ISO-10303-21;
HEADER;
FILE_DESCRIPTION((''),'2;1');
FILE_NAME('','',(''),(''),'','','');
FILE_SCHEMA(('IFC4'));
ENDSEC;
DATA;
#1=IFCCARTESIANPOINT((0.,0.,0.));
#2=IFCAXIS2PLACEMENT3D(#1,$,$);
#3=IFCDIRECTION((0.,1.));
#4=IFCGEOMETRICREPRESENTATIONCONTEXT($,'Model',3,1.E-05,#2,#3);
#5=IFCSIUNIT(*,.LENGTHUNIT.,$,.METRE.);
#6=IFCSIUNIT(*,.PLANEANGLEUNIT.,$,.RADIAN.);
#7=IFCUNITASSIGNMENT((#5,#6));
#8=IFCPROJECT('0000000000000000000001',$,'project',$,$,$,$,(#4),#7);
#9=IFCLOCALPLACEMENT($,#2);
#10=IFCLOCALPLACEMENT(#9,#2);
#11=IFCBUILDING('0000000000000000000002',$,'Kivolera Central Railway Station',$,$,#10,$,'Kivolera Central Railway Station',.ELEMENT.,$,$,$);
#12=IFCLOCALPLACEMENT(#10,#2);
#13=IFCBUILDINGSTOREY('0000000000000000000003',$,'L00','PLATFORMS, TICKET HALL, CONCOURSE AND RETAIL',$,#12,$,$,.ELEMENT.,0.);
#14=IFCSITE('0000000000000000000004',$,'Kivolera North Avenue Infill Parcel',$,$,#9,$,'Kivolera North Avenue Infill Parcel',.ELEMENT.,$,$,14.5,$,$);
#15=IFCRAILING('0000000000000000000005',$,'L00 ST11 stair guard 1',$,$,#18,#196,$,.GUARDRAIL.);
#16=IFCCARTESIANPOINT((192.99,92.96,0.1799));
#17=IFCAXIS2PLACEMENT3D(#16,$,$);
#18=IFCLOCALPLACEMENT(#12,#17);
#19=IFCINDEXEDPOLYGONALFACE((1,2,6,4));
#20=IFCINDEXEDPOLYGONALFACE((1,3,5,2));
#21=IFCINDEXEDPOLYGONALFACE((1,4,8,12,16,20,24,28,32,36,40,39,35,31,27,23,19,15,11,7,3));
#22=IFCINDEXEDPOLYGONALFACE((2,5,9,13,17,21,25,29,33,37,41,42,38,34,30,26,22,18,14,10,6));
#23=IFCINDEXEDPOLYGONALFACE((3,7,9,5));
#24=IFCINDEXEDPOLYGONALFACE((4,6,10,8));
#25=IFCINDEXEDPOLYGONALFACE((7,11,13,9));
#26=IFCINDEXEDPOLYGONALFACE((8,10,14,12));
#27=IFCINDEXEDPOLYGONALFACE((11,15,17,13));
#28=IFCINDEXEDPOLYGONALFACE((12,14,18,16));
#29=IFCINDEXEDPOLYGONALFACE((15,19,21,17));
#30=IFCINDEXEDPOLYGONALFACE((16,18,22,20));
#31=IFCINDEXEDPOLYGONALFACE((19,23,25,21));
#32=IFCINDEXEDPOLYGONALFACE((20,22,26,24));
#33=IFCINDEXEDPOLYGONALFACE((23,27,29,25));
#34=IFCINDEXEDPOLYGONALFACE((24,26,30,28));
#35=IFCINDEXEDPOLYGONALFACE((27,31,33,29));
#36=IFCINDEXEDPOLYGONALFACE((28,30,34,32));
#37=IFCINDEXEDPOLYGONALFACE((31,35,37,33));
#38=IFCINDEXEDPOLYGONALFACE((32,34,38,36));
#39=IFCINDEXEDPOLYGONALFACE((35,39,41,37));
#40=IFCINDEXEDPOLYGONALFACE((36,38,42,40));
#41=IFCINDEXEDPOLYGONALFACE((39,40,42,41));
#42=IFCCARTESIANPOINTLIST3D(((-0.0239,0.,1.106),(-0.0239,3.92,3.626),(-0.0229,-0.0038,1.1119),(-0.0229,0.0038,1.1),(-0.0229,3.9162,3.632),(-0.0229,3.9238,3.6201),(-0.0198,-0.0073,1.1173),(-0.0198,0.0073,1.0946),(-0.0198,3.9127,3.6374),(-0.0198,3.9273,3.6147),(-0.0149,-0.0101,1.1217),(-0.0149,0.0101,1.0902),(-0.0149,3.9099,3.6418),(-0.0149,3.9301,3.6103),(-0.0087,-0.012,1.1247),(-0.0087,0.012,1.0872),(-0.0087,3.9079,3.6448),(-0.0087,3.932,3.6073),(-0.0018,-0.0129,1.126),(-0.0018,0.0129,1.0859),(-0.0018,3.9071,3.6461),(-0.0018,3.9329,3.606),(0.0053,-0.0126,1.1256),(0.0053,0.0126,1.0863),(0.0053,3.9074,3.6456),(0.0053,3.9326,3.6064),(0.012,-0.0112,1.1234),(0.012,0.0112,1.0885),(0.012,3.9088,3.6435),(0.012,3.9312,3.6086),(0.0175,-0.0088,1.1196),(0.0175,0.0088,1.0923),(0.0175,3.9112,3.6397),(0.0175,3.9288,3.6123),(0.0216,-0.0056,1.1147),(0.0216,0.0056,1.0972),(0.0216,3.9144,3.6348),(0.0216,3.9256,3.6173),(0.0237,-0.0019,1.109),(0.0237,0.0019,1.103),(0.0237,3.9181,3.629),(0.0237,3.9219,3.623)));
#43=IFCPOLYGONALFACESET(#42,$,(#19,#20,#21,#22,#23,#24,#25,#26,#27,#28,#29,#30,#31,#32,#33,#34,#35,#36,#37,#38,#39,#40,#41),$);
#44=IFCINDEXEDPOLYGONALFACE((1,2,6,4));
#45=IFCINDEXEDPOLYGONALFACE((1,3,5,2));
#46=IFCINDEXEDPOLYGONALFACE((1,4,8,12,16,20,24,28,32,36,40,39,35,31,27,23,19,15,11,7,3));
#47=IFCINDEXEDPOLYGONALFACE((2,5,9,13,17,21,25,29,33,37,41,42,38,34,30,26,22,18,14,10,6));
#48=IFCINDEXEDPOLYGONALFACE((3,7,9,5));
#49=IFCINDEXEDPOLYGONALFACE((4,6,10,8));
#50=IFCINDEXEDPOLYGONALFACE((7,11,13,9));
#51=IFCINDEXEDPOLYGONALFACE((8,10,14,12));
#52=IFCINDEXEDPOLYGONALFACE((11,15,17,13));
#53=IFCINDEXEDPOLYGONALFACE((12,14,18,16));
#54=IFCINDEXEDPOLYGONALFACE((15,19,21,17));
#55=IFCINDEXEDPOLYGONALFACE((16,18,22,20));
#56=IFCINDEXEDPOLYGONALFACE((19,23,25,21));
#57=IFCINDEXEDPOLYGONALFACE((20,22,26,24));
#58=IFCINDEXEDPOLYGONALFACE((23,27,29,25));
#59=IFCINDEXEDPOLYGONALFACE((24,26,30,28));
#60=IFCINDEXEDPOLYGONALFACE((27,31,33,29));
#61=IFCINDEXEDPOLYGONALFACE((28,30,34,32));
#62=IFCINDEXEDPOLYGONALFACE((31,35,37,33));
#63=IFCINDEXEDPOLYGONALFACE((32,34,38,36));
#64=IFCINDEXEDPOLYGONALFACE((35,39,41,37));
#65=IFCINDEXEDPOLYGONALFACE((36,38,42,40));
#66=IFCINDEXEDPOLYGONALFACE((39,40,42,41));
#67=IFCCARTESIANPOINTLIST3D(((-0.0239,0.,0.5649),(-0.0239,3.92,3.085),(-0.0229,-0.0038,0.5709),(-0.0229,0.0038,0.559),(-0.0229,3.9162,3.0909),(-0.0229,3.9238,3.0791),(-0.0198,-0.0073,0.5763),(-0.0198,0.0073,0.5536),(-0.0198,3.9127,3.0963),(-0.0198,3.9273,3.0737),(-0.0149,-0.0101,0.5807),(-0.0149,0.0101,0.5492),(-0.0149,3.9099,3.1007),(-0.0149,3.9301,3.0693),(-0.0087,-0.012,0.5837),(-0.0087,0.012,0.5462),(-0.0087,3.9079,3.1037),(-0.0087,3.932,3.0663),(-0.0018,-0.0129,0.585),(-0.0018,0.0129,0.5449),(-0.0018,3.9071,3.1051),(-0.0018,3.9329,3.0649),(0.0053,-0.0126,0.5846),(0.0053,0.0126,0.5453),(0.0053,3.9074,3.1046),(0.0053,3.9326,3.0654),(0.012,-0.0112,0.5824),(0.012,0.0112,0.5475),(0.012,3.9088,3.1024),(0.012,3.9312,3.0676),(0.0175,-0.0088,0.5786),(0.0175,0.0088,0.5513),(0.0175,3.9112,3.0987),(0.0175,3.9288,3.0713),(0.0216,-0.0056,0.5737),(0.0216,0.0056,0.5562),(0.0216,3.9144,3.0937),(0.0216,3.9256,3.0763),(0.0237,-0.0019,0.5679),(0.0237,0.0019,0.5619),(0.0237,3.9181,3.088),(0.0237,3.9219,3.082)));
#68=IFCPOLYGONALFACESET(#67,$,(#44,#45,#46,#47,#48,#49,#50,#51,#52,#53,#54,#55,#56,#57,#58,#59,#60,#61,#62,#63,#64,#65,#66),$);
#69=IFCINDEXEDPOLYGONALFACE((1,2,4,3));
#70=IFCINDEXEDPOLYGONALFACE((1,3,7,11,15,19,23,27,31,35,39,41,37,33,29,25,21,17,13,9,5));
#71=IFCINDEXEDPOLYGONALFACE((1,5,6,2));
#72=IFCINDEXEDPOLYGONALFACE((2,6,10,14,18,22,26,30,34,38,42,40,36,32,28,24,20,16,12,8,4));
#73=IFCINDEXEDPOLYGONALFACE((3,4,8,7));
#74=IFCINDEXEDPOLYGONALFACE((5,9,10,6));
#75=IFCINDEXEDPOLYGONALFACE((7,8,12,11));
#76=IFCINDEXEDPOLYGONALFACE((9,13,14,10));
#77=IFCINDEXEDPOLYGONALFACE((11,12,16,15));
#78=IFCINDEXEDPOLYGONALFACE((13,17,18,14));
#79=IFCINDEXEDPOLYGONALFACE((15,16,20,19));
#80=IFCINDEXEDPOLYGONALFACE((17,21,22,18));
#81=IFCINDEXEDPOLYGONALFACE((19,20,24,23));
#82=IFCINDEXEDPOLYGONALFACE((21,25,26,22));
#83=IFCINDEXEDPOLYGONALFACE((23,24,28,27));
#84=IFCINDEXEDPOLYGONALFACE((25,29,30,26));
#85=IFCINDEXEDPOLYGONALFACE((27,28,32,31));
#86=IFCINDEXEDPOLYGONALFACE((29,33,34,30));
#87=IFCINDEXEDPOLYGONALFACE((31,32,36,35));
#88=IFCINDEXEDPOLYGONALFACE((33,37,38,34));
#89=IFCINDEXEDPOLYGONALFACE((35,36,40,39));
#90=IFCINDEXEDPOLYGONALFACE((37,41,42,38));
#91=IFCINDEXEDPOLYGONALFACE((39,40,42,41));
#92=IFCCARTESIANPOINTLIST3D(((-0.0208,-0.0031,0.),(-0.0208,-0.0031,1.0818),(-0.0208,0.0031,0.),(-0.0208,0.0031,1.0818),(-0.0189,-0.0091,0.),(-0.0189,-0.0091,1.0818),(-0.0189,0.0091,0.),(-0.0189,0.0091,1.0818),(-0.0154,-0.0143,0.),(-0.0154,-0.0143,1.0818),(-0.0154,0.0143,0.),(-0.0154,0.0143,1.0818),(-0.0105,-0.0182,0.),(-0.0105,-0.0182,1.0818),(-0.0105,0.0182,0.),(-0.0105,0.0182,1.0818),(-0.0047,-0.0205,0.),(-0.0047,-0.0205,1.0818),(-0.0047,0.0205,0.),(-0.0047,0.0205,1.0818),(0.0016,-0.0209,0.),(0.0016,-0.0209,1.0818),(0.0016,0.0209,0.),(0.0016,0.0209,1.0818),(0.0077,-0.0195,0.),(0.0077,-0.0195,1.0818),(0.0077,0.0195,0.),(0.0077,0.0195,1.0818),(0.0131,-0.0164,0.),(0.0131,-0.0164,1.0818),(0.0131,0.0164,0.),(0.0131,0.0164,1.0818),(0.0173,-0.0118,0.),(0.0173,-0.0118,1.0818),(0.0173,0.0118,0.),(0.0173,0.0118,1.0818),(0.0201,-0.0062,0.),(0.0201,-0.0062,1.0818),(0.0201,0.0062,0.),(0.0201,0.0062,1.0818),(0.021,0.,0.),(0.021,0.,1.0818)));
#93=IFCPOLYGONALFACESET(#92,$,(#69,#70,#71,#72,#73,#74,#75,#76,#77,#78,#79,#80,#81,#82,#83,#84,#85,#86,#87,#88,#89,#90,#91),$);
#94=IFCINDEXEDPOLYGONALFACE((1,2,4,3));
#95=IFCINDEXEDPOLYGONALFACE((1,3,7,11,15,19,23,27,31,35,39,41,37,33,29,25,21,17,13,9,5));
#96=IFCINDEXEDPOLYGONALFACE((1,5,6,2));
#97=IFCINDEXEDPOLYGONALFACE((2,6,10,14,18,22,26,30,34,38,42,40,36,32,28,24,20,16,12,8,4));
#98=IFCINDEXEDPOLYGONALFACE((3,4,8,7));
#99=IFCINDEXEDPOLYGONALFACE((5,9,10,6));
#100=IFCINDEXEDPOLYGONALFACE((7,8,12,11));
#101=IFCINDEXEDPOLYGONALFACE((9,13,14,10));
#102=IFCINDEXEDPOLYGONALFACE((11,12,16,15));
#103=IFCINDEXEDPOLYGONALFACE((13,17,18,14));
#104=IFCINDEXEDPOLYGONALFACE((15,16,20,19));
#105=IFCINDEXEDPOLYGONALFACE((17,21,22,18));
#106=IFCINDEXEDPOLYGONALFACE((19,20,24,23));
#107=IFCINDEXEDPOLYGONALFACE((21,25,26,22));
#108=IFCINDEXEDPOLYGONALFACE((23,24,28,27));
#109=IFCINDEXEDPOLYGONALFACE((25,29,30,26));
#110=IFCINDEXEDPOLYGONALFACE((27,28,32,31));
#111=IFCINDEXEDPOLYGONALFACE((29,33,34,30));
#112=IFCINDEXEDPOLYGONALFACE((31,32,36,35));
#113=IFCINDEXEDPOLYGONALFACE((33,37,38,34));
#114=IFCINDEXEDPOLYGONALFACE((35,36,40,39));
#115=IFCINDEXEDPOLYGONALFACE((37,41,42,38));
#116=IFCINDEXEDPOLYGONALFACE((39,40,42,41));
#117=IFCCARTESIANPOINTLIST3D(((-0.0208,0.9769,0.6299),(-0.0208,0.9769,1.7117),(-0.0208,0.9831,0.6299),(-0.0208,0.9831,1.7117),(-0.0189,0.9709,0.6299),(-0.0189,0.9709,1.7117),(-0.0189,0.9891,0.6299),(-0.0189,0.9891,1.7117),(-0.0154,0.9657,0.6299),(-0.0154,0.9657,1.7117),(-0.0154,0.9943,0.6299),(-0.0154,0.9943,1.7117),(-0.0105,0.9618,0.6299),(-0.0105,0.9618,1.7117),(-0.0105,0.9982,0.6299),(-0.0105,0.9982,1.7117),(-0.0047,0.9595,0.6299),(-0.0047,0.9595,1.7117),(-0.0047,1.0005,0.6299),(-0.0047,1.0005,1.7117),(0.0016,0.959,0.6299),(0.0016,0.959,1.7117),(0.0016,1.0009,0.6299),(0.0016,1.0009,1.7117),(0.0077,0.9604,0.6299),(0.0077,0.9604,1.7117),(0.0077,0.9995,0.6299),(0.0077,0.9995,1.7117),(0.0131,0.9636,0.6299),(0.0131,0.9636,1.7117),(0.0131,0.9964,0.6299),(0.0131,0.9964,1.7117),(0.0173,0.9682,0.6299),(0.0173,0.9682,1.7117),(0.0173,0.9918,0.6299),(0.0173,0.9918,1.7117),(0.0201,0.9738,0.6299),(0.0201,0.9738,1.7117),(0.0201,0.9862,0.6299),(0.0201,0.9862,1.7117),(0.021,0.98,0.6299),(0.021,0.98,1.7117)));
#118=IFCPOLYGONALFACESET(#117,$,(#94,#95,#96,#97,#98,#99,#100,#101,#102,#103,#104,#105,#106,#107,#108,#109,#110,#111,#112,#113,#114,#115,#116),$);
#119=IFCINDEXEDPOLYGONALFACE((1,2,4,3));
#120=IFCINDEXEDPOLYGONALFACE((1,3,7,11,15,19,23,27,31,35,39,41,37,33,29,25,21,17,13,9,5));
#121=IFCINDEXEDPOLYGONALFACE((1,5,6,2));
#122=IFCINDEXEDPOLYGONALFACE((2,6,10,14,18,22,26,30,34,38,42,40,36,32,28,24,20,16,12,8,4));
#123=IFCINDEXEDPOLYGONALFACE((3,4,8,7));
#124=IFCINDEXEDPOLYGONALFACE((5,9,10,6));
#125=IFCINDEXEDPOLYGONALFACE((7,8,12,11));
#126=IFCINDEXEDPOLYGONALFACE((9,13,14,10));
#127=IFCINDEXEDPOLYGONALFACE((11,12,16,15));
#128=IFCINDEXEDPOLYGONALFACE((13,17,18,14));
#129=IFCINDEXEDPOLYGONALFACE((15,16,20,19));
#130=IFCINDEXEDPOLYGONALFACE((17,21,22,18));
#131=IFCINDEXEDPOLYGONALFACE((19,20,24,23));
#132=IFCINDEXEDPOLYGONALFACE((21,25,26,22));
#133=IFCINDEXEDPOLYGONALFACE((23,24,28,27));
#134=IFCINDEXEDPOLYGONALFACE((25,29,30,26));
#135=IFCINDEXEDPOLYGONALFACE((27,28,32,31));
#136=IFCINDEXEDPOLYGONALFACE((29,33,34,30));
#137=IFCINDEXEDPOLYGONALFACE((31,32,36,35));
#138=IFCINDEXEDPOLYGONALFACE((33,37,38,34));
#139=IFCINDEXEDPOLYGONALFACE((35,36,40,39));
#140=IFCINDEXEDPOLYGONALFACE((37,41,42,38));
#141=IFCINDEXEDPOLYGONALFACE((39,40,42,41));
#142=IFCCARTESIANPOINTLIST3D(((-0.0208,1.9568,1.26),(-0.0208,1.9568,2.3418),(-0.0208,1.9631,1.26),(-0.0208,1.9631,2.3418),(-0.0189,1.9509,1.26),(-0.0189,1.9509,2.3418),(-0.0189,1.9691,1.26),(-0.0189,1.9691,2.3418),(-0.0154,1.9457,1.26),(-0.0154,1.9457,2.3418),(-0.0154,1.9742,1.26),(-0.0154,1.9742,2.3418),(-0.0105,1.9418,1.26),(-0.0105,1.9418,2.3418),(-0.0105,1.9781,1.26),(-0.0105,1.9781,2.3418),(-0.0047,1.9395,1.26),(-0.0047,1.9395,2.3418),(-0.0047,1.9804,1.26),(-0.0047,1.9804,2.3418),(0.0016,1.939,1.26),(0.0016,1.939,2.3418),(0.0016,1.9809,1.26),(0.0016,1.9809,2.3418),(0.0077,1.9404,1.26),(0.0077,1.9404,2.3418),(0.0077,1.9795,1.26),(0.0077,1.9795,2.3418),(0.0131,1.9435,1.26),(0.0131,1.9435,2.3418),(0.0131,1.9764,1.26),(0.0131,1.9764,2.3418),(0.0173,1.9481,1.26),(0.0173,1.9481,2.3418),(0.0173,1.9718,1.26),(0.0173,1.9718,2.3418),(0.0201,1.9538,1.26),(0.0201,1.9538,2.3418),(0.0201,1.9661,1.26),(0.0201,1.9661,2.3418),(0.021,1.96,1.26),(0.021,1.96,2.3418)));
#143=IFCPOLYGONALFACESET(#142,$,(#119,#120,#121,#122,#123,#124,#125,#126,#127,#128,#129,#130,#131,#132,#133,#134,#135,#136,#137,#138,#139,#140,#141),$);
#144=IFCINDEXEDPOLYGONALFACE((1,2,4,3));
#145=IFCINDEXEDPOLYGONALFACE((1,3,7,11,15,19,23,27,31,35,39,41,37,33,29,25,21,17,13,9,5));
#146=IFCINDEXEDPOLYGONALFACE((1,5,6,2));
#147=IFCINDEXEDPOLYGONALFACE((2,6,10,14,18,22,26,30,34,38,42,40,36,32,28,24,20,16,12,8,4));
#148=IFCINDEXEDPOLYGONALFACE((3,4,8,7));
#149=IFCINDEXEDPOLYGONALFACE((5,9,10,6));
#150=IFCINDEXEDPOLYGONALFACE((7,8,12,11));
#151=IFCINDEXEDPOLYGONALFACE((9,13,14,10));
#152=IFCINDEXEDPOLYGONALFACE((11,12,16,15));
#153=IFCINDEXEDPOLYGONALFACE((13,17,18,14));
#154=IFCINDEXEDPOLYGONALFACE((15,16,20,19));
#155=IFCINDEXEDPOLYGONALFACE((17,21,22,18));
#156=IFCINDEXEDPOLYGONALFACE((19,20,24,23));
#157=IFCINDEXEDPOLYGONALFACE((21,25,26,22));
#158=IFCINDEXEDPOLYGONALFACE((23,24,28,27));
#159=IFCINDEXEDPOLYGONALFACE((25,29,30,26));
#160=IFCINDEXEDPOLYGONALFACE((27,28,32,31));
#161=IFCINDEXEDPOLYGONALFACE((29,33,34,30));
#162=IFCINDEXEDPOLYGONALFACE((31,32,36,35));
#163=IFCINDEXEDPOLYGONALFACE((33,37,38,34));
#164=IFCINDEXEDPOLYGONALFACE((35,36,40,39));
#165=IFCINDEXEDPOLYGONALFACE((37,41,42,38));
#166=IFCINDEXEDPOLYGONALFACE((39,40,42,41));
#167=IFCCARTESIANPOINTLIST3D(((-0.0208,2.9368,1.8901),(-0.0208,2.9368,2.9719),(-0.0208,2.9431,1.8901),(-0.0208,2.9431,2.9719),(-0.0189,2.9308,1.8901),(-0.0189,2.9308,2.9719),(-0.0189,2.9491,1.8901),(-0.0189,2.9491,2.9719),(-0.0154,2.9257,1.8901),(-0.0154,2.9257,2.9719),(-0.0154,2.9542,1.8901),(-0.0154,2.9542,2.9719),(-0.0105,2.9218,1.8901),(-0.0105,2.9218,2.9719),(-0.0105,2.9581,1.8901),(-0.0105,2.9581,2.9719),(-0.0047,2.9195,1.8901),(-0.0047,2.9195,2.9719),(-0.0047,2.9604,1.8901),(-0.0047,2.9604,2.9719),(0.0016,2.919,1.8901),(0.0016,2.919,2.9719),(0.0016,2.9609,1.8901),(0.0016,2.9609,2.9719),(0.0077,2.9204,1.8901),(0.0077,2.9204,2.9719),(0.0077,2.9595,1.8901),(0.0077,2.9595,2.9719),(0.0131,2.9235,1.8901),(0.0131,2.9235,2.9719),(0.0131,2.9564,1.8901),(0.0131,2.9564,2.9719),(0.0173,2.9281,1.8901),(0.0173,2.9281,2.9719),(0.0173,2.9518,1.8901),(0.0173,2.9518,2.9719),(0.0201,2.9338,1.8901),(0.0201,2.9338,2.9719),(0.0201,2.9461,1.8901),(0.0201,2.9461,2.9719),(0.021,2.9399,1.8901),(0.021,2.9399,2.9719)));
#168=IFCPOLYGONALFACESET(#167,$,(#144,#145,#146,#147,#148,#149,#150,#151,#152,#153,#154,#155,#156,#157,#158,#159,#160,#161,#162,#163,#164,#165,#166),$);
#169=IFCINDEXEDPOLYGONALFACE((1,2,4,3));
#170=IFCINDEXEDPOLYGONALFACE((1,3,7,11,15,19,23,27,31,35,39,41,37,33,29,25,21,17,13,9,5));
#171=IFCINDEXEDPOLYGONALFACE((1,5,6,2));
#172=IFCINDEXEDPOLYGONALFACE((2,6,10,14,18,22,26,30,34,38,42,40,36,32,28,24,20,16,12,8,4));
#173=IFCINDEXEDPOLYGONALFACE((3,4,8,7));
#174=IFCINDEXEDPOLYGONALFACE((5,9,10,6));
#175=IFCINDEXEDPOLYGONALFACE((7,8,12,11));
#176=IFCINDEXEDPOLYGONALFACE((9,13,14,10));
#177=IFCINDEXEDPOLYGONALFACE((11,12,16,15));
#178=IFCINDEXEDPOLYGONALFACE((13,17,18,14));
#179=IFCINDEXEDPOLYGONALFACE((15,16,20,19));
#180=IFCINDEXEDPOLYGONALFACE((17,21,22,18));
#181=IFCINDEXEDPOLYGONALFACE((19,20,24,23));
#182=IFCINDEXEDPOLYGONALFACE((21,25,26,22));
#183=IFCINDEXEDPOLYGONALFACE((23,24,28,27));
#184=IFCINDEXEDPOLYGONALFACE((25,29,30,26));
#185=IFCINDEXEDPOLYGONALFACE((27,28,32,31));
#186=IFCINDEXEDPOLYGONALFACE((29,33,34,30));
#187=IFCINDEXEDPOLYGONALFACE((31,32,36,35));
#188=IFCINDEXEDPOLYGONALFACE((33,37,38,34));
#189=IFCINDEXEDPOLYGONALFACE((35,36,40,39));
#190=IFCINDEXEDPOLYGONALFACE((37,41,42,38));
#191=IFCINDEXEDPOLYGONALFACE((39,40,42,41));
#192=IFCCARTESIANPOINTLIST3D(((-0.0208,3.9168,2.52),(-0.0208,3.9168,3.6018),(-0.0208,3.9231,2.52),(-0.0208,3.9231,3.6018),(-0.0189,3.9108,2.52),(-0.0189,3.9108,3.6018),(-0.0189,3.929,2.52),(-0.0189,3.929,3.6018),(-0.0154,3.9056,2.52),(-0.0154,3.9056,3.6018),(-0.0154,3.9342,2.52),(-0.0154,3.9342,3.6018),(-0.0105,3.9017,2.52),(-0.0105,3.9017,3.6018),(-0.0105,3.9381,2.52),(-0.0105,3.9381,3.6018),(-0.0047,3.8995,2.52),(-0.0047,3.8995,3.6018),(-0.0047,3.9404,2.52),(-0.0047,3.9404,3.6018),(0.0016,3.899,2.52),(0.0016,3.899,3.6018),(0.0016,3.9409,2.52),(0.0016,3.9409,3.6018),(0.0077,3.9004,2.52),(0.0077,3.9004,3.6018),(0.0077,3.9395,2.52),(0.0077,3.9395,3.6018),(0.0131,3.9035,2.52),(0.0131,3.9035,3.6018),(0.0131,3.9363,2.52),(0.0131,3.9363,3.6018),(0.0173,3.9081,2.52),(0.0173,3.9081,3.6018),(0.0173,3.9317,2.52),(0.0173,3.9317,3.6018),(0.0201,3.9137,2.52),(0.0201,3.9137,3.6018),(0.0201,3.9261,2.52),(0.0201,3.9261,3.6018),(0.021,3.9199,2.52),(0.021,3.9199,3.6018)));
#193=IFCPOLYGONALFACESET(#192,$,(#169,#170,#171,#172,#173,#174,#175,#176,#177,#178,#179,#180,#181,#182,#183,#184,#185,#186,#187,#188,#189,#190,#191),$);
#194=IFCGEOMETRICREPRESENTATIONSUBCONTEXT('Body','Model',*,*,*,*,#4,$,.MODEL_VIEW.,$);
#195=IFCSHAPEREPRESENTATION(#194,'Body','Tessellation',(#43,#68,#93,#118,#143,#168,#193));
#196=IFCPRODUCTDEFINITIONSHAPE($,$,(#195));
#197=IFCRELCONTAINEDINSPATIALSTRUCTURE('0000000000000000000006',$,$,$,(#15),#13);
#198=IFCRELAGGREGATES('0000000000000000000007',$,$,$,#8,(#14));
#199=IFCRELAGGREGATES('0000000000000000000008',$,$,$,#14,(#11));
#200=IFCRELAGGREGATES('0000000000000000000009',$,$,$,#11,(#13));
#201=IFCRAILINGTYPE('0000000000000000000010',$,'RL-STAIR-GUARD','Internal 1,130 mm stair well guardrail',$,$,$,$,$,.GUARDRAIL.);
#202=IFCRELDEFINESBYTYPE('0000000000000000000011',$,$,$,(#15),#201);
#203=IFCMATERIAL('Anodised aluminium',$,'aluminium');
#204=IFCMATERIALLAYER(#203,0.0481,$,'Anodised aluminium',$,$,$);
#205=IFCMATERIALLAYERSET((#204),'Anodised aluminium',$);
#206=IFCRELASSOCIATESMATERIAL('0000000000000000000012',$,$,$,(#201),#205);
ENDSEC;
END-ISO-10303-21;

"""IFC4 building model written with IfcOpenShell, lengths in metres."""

from ifc_helpers import new_model, si_unit, direction, frame, origin, origin_2d, place, context, subcontext, project, spatial, circle, extrude, material, layer, layer_set, type_object, element, save


model = new_model("IFC4")

# Units and contexts
model_context = context("Model", 3, precision=1e-05, world=origin(), true_north=direction((0.0, 1.0)))
body_context = subcontext(model_context, "Body", "Model", "MODEL_VIEW")
ifc_project = project(units=[si_unit("LENGTHUNIT", "METRE"), si_unit("PLANEANGLEUNIT", "RADIAN")], contexts=[model_context])

# Site, building, storey
site_placement = place(None, origin())
site = spatial("IfcSite", under=ifc_project, at=site_placement, Name="Kivolera North Avenue Infill Parcel", LongName="Kivolera North Avenue Infill Parcel", CompositionType="ELEMENT", RefElevation=14.5)
building_placement = place(site_placement, origin())
building = spatial("IfcBuilding", under=site, at=building_placement, Name="Kivolera Central Railway Station", LongName="Kivolera Central Railway Station", CompositionType="ELEMENT")
storey_placement = place(building_placement, origin())
storey = spatial("IfcBuildingStorey", under=building, at=storey_placement, Name="L00", Description="PLATFORMS, TICKET HALL, CONCOURSE AND RETAIL", CompositionType="ELEMENT", Elevation=0.0)

# Shared definitions
ifc_material_1 = material(Name="Anodised aluminium", Category="aluminium")

# Railing
ifc_layer_1 = layer(ifc_material_1, 0.0481, Name="Anodised aluminium")
ifc_layer_set_1 = layer_set([ifc_layer_1], Name="Anodised aluminium")
railing_type_1 = type_object("IfcRailingType", Name="RL-STAIR-GUARD", Description="Internal 1,130 mm stair well guardrail", PredefinedType="GUARDRAIL", material=ifc_layer_set_1)
railing_1_placement = place(storey_placement, frame((192.99, 92.96, 0.1799)))
element("IfcRailing", 1, at=railing_1_placement, inside=storey, type_object=railing_type_1, Name="L00 ST11 stair guard 1", PredefinedType="GUARDRAIL", context=body_context, shape_type="SweptSolid", body=[
    extrude(circle(Radius=0.0239, at=origin_2d()), frame((0.0, 0.0, 1.106), z_axis=(0.0, 0.841172, 0.540768), x_axis=(-1.0, 0.0, 0.0)), (0.0, 0.0, 1.0), 4.6602),
    extrude(circle(Radius=0.0239, at=origin_2d()), frame((0.0, 0.0, 0.5649), z_axis=(0.0, 0.841172, 0.540768), x_axis=(-1.0, 0.0, 0.0)), (0.0, 0.0, 1.0), 4.6602),
    extrude(circle(Radius=0.021, at=origin_2d()), origin(), (0.0, 0.0, 1.0), 1.0818),
    extrude(circle(Radius=0.021, at=origin_2d()), frame((0.0, 0.98, 0.6299)), (0.0, 0.0, 1.0), 1.0818),
    extrude(circle(Radius=0.021, at=origin_2d()), frame((0.0, 1.96, 1.26)), (0.0, 0.0, 1.0), 1.0818),
    extrude(circle(Radius=0.021, at=origin_2d()), frame((0.0, 2.9399, 1.8901)), (0.0, 0.0, 1.0), 1.0818),
    extrude(circle(Radius=0.021, at=origin_2d()), frame((0.0, 3.9199, 2.52)), (0.0, 0.0, 1.0), 1.0818),
])

save(model, "model.ifc")
